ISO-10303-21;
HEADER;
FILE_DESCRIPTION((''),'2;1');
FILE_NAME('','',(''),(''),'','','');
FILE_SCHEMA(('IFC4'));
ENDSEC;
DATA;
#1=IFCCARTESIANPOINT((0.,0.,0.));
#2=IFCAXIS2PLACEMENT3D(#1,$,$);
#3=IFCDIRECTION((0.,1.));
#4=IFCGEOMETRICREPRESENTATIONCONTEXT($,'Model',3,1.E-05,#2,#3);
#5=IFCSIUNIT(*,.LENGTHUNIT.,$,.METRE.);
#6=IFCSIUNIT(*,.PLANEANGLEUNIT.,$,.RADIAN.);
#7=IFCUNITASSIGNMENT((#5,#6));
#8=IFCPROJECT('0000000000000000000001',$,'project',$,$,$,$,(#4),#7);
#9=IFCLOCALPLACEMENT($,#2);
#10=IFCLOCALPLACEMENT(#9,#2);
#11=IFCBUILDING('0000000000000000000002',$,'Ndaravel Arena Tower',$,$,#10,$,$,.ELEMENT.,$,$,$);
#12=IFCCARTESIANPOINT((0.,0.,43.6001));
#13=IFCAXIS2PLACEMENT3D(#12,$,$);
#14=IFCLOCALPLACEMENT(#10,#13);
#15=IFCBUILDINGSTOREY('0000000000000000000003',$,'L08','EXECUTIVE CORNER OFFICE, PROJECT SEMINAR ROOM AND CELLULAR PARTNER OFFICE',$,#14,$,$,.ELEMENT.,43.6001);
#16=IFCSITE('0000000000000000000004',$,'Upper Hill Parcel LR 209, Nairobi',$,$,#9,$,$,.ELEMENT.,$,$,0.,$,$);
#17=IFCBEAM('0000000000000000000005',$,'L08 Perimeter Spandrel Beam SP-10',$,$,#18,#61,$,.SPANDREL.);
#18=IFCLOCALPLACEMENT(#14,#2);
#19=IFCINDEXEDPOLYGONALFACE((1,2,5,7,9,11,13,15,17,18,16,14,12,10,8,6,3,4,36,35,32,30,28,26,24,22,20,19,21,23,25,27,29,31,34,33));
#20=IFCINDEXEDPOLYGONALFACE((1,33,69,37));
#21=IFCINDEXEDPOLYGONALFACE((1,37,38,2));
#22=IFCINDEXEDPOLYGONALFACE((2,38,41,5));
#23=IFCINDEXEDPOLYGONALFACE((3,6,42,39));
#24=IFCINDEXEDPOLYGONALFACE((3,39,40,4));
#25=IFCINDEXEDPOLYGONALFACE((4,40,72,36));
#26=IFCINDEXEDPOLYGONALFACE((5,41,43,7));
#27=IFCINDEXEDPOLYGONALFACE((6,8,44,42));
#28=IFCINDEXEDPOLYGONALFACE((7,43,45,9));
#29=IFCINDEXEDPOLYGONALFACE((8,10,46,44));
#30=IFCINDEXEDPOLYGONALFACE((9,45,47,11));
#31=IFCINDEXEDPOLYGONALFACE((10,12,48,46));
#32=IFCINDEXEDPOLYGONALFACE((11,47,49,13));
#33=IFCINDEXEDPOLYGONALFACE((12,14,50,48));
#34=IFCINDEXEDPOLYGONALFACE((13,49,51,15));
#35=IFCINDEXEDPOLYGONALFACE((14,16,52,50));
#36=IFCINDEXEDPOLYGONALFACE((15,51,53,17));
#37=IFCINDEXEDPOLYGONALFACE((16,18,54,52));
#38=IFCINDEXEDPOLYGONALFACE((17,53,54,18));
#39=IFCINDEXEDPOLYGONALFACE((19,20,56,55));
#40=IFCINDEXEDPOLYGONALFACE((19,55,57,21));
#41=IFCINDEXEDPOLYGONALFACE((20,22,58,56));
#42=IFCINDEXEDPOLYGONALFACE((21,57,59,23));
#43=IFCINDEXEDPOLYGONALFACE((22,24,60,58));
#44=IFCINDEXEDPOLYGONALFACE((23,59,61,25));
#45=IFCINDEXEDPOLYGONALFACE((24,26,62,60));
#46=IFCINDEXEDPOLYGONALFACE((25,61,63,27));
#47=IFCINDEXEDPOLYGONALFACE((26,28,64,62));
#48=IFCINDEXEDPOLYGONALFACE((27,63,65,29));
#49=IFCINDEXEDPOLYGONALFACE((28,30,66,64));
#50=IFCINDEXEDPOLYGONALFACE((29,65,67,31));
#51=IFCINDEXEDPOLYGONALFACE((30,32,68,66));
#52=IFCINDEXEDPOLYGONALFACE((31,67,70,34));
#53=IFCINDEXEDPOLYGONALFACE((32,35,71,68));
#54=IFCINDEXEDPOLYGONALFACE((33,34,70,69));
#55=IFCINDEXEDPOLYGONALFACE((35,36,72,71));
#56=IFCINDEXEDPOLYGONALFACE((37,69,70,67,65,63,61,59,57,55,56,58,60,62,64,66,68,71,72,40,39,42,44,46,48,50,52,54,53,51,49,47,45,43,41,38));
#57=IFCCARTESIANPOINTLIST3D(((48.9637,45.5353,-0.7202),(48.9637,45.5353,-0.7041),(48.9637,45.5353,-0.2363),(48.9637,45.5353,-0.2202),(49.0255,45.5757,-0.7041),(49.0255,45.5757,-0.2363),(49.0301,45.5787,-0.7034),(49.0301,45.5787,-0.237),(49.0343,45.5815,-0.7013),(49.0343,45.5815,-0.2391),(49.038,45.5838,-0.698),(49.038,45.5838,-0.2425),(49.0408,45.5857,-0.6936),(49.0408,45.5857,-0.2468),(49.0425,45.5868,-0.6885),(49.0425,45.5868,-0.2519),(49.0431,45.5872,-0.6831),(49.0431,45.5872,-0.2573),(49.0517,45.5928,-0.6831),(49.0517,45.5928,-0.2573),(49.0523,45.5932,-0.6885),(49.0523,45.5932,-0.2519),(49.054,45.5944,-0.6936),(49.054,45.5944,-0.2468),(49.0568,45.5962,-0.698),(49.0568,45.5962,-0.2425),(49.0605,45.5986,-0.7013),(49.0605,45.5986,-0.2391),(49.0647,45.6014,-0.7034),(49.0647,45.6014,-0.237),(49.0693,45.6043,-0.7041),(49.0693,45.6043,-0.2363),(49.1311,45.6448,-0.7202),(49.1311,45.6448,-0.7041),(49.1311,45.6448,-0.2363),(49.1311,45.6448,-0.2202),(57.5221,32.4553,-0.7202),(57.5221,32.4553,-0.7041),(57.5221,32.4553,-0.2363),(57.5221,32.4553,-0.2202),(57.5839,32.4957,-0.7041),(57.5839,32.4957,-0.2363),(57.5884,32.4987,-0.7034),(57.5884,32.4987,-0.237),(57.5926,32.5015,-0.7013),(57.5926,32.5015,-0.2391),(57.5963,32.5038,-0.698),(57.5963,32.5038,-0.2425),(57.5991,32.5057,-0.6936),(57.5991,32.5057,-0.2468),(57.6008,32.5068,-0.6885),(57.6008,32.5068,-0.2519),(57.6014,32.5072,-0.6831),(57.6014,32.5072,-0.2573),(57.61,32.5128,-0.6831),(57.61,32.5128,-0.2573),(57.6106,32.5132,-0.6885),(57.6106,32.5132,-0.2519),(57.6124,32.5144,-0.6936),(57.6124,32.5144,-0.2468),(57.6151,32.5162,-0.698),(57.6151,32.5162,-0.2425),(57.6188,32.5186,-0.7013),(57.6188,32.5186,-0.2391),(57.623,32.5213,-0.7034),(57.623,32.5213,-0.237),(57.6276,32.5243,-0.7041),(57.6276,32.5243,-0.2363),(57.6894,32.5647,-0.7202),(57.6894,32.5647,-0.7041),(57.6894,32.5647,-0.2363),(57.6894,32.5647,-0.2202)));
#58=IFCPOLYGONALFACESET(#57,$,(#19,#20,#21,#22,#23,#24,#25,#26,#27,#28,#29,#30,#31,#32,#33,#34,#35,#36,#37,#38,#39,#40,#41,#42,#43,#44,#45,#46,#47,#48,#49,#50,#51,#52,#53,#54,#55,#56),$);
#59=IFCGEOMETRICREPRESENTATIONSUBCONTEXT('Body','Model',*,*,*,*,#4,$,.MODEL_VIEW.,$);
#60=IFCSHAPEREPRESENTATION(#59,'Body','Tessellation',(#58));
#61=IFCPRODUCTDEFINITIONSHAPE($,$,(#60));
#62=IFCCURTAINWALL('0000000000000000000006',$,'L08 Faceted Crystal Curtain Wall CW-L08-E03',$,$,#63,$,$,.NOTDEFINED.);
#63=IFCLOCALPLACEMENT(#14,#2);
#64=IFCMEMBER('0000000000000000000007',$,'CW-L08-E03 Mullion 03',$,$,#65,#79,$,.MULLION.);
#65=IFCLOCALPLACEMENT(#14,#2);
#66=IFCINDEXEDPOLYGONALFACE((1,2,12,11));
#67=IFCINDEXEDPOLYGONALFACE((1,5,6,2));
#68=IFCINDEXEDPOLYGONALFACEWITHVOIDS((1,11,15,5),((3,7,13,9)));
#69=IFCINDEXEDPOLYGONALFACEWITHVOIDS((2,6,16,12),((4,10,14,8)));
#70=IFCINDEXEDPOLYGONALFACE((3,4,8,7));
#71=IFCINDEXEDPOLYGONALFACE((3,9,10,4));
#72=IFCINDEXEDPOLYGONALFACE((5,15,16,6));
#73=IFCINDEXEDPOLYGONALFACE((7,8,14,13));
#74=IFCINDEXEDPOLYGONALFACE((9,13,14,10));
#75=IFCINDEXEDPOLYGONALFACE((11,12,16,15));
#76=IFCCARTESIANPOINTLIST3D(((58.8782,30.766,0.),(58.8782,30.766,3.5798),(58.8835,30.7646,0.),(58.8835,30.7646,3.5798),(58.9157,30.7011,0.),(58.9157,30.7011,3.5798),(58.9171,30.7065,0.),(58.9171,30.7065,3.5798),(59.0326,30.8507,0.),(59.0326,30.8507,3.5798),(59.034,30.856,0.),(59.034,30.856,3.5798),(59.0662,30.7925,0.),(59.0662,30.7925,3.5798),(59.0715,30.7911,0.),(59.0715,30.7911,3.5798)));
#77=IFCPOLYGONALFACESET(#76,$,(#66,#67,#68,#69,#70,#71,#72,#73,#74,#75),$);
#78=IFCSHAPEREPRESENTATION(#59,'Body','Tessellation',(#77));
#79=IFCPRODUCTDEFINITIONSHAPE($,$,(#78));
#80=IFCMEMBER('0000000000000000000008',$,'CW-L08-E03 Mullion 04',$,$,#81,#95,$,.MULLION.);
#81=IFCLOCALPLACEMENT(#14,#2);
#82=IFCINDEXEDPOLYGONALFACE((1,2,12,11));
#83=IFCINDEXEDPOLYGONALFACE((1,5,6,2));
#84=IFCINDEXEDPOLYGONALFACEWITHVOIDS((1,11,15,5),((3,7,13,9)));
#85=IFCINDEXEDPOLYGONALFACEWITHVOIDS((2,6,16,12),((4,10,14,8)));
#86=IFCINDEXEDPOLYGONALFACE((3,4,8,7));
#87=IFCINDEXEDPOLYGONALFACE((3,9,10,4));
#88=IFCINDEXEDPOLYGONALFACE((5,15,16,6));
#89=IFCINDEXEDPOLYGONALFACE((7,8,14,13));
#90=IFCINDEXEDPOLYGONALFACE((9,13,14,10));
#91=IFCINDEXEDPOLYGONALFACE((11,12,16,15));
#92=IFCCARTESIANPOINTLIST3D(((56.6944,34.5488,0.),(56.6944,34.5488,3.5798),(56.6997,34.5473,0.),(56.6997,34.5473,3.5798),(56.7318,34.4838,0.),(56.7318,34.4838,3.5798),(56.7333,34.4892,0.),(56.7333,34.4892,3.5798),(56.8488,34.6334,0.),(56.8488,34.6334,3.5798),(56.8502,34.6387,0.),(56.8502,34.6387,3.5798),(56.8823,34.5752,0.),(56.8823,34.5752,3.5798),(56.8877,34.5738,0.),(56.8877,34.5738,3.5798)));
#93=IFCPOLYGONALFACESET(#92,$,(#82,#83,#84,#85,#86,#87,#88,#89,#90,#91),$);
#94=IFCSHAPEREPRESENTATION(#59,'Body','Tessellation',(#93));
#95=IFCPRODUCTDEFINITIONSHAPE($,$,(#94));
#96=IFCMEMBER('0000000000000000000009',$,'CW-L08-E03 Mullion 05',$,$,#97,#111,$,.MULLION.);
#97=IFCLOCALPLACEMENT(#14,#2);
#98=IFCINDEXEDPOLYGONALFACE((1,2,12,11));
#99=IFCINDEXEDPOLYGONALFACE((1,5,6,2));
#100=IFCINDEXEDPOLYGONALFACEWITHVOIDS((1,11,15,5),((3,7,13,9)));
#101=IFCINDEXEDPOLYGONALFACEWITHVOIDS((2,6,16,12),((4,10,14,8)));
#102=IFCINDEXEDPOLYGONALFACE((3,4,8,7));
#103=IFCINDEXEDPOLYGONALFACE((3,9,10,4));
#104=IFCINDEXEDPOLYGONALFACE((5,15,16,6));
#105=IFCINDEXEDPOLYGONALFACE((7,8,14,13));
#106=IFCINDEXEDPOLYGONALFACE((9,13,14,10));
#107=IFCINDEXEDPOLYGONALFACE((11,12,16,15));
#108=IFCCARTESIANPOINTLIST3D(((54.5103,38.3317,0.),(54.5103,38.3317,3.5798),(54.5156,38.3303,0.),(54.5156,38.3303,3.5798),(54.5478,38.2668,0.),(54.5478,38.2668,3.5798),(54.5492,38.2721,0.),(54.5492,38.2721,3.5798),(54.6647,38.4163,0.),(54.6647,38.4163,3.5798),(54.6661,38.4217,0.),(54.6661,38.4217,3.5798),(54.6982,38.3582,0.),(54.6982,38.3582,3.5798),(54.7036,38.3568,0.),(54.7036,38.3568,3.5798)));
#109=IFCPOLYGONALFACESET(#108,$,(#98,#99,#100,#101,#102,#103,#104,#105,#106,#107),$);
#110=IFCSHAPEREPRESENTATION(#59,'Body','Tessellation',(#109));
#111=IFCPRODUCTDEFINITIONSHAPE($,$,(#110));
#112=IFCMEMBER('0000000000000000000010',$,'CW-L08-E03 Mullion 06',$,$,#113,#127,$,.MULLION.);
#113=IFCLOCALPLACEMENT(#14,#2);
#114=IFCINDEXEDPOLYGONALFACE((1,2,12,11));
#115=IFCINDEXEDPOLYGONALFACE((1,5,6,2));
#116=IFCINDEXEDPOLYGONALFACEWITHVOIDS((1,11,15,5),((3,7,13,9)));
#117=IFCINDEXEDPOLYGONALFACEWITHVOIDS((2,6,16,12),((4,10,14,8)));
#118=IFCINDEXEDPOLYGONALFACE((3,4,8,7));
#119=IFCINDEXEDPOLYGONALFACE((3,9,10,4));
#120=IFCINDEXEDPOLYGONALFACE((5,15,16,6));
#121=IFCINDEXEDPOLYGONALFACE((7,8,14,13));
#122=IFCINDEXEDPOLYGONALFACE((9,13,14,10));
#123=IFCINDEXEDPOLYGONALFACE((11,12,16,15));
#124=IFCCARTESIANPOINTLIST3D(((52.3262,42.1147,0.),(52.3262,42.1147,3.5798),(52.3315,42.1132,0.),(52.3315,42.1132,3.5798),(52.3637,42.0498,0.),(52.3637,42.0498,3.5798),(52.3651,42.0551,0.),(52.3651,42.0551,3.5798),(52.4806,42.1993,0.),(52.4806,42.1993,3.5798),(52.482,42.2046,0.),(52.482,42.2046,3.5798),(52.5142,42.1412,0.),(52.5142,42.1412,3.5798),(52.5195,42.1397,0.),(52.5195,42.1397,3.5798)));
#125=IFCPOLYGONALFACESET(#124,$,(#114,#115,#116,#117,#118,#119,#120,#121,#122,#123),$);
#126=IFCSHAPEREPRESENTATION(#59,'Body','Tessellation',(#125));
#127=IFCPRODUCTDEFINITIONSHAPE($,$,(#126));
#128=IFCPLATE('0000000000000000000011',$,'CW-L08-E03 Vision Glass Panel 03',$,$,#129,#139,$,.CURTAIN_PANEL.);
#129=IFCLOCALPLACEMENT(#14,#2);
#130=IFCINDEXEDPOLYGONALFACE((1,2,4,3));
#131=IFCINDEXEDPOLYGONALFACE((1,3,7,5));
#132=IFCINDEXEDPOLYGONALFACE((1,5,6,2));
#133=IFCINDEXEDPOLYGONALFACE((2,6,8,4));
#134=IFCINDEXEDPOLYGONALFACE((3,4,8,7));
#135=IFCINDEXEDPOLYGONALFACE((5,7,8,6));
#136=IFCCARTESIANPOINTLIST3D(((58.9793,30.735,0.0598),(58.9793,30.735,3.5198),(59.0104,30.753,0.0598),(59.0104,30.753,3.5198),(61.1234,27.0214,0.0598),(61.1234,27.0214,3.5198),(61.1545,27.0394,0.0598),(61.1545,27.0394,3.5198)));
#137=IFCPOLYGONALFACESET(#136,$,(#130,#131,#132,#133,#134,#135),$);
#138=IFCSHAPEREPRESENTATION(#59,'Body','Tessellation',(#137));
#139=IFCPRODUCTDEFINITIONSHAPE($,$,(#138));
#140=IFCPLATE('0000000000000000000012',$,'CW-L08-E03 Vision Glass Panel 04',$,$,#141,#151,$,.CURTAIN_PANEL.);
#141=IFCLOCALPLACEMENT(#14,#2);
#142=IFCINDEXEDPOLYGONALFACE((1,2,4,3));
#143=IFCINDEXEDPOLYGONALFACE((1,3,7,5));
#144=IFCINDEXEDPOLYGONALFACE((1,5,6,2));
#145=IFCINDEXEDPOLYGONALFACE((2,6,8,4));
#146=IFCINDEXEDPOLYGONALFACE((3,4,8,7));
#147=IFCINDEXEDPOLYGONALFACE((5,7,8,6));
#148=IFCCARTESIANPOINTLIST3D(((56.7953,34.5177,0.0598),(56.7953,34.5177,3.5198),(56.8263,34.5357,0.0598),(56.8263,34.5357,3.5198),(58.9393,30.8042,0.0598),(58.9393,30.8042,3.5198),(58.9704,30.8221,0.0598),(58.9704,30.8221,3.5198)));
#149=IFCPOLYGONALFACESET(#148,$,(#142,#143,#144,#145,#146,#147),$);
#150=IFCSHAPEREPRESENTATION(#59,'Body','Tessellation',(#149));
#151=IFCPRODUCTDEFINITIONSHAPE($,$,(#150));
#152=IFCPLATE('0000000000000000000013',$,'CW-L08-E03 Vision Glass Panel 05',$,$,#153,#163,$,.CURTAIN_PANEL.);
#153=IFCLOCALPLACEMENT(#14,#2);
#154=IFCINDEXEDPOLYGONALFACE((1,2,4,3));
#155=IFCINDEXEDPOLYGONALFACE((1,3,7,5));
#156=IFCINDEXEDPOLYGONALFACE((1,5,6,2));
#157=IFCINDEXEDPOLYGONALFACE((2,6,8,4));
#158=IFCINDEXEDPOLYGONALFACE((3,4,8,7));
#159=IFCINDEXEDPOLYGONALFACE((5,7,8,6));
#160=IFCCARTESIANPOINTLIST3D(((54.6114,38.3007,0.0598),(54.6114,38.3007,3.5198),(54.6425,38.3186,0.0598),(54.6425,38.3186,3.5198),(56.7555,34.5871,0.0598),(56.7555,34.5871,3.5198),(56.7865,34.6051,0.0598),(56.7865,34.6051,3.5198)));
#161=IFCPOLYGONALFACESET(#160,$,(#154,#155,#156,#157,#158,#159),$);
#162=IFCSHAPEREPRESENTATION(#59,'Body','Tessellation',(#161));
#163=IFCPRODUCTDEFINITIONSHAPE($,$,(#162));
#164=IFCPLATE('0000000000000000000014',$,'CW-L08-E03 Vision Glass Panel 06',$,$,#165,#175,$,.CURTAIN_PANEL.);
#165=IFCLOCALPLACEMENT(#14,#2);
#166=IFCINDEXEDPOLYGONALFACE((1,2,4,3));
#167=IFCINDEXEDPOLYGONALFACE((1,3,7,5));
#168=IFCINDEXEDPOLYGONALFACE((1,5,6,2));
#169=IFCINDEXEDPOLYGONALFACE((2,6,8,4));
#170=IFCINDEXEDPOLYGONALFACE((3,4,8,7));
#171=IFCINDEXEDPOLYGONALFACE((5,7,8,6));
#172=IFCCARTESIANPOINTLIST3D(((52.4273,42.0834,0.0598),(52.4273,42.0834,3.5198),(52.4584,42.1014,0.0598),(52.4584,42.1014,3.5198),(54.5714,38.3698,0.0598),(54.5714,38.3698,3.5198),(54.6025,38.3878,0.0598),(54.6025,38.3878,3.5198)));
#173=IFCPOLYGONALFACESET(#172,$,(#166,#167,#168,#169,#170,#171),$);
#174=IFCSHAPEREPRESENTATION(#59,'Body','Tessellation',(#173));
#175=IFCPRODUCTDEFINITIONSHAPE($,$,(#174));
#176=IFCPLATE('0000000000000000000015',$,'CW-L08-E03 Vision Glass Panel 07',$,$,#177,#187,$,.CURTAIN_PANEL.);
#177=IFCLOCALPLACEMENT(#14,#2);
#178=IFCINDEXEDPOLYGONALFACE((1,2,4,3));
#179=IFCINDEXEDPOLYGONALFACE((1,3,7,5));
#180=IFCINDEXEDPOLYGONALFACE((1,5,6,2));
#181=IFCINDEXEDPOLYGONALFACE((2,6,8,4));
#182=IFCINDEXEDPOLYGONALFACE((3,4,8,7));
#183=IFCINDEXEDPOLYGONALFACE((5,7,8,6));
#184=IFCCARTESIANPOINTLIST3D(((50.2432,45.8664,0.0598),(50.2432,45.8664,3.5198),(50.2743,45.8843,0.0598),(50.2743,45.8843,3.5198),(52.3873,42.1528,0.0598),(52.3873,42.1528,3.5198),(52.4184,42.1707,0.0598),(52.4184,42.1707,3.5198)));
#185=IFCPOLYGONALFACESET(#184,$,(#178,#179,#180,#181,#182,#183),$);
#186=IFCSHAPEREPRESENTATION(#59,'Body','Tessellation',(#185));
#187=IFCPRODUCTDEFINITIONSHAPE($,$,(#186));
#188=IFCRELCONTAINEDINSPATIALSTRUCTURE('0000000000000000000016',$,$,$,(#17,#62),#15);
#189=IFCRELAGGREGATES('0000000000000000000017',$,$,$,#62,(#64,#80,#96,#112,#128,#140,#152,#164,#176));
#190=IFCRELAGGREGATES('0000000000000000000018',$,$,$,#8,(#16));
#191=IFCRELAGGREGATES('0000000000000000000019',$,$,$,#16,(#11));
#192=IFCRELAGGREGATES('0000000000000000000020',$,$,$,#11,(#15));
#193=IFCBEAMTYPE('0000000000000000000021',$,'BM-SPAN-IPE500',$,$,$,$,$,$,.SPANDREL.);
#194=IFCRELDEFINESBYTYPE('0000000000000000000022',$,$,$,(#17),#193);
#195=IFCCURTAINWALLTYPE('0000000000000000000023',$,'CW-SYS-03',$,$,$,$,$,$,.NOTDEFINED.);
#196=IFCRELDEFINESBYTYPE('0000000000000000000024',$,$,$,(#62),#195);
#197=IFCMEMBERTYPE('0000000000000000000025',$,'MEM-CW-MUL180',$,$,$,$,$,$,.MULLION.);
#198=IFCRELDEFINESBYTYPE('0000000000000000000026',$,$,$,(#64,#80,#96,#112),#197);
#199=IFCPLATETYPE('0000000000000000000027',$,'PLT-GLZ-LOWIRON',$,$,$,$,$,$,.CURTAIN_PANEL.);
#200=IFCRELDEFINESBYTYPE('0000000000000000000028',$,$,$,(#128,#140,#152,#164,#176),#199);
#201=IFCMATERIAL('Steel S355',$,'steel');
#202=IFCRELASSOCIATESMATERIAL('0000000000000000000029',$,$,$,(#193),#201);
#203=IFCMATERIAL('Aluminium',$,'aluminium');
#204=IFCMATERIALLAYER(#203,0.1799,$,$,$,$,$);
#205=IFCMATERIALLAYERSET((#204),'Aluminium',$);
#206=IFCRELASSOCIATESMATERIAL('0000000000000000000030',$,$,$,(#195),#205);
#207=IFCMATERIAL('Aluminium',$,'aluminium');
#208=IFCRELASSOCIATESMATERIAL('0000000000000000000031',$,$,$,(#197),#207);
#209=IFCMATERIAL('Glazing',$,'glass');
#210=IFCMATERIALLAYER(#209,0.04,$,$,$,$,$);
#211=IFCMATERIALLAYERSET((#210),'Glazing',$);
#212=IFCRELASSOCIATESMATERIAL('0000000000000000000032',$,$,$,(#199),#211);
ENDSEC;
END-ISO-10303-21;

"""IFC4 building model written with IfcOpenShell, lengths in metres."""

from ifc_helpers import new_model, si_unit, direction, frame, origin, origin_2d, place, context, subcontext, project, spatial, rectangle, hollow_rectangle, i_section, extrude, material, layer, layer_set, material_profile, profile_set, type_object, element, aggregate, save


model = new_model("IFC4")

# Units and contexts
model_context = context("Model", 3, precision=1e-05, world=origin(), true_north=direction((0.0, 1.0)))
body_context = subcontext(model_context, "Body", "Model", "MODEL_VIEW")
ifc_project = project(units=[si_unit("LENGTHUNIT", "METRE"), si_unit("PLANEANGLEUNIT", "RADIAN")], contexts=[model_context])

# Site, building, storey
site_placement = place(None, origin())
site = spatial("IfcSite", under=ifc_project, at=site_placement, Name="Upper Hill Parcel LR 209, Nairobi", CompositionType="ELEMENT", RefElevation=0.0)
building_placement = place(site_placement, origin())
building = spatial("IfcBuilding", under=site, at=building_placement, Name="Ndaravel Arena Tower", CompositionType="ELEMENT")
storey_placement = place(building_placement, frame((0.0, 0.0, 43.6001)))
storey = spatial("IfcBuildingStorey", under=building, at=storey_placement, Name="L08", Description="EXECUTIVE CORNER OFFICE, PROJECT SEMINAR ROOM AND CELLULAR PARTNER OFFICE", CompositionType="ELEMENT", Elevation=43.6001)

# Beam
ifc_material_1 = material(Name="Steel S355", Category="steel")
ifc_material_profile_1 = material_profile(ifc_material_1, i_section(OverallWidth=0.2, OverallDepth=0.5, WebThickness=0.0103, FlangeThickness=0.0161, FilletRadius=0.021, at=origin_2d()), Name="IPE 500")
ifc_profile_set_1 = profile_set([ifc_material_profile_1], Name="Steel S355")
beam_type_1 = type_object("IfcBeamType", Name="BM-SPAN-IPE500", PredefinedType="SPANDREL", material=ifc_profile_set_1)
beam_1_placement = place(storey_placement, frame((57.6057, 32.51, -0.4702), z_axis=(-0.547518, 0.836794, 0.0), x_axis=(-0.836794, -0.547518, 0.0)))
element("IfcBeam", 1, at=beam_1_placement, inside=storey, type_object=beam_type_1, Name="L08 Perimeter Spandrel Beam SP-10", PredefinedType="SPANDREL", context=body_context, shape_type="SweptSolid", body=[
    extrude(i_section(OverallWidth=0.2, OverallDepth=0.5, WebThickness=0.0103, FlangeThickness=0.0161, FilletRadius=0.021, at=origin_2d()), origin(), (0.0, 0.0, 1.0), 15.6311),
])

# Curtain wall, members, plates
ifc_material_2 = material(Name="Aluminium", Category="aluminium")
ifc_layer_1 = layer(ifc_material_2, 0.1799)
ifc_layer_set_1 = layer_set([ifc_layer_1], Name="Aluminium")
curtain_wall_type = type_object("IfcCurtainWallType", Name="CW-SYS-03", PredefinedType="NOTDEFINED", material=ifc_layer_set_1)
curtain_wall_placement = place(storey_placement, origin())
curtain_wall = element("IfcCurtainWall", 2, at=curtain_wall_placement, inside=storey, type_object=curtain_wall_type, Name="L08 Faceted Crystal Curtain Wall CW-L08-E03", PredefinedType="NOTDEFINED")
ifc_material_3 = material(Name="Aluminium", Category="aluminium")
ifc_material_profile_2 = material_profile(ifc_material_3, hollow_rectangle(XDim=0.075, YDim=0.1799, WallThickness=0.0039, at=origin_2d()), Name="CW MULLION 75x180x4")
ifc_profile_set_2 = profile_set([ifc_material_profile_2], Name="Aluminium")
member_type = type_object("IfcMemberType", Name="MEM-CW-MUL180", PredefinedType="MULLION", material=ifc_profile_set_2)
member_1_placement = place(storey_placement, frame((58.9749, 30.7786, 0.0), z_axis=(0.0, 0.0, 1.0), x_axis=(-0.5, 0.866025, 0.0)))
member_1 = element("IfcMember", 3, at=member_1_placement, type_object=member_type, Name="CW-L08-E03 Mullion 03", PredefinedType="MULLION", context=body_context, shape_type="SweptSolid", body=[
    extrude(hollow_rectangle(XDim=0.075, YDim=0.1799, WallThickness=0.0039, at=origin_2d()), origin(), (0.0, 0.0, 1.0), 3.5798),
])
member_2_placement = place(storey_placement, frame((56.791, 34.5613, 0.0), z_axis=(0.0, 0.0, 1.0), x_axis=(-0.5, 0.866025, 0.0)))
member_2 = element("IfcMember", 4, at=member_2_placement, type_object=member_type, Name="CW-L08-E03 Mullion 04", PredefinedType="MULLION", context=body_context, shape_type="SweptSolid", body=[
    extrude(hollow_rectangle(XDim=0.075, YDim=0.1799, WallThickness=0.0039, at=origin_2d()), origin(), (0.0, 0.0, 1.0), 3.5798),
])
member_3_placement = place(storey_placement, frame((54.6069, 38.3442, 0.0), z_axis=(0.0, 0.0, 1.0), x_axis=(-0.5, 0.866025, 0.0)))
member_3 = element("IfcMember", 5, at=member_3_placement, type_object=member_type, Name="CW-L08-E03 Mullion 05", PredefinedType="MULLION", context=body_context, shape_type="SweptSolid", body=[
    extrude(hollow_rectangle(XDim=0.075, YDim=0.1799, WallThickness=0.0039, at=origin_2d()), origin(), (0.0, 0.0, 1.0), 3.5798),
])
member_4_placement = place(storey_placement, frame((52.4229, 42.1272, 0.0), z_axis=(0.0, 0.0, 1.0), x_axis=(-0.5, 0.866025, 0.0)))
member_4 = element("IfcMember", 6, at=member_4_placement, type_object=member_type, Name="CW-L08-E03 Mullion 06", PredefinedType="MULLION", context=body_context, shape_type="SweptSolid", body=[
    extrude(hollow_rectangle(XDim=0.075, YDim=0.1799, WallThickness=0.0039, at=origin_2d()), origin(), (0.0, 0.0, 1.0), 3.5798),
])
ifc_material_4 = material(Name="Glazing", Category="glass")
ifc_layer_2 = layer(ifc_material_4, 0.04)
ifc_layer_set_2 = layer_set([ifc_layer_2], Name="Glazing")
plate_type = type_object("IfcPlateType", Name="PLT-GLZ-LOWIRON", PredefinedType="CURTAIN_PANEL", material=ifc_layer_set_2)
plate_1_placement = place(storey_placement, frame((60.0669, 28.8872, 0.0598), z_axis=(0.0, 0.0, 1.0), x_axis=(-0.5, 0.866025, 0.0)))
plate_1 = element("IfcPlate", 7, at=plate_1_placement, type_object=plate_type, Name="CW-L08-E03 Vision Glass Panel 03", PredefinedType="CURTAIN_PANEL", context=body_context, shape_type="SweptSolid", body=[
    extrude(rectangle(XDim=4.2881, YDim=0.0359, at=origin_2d()), origin(), (0.0, 0.0, 1.0), 3.46),
])
plate_2_placement = place(storey_placement, frame((57.8828, 32.6699, 0.0598), z_axis=(0.0, 0.0, 1.0), x_axis=(-0.5, 0.866025, 0.0)))
plate_2 = element("IfcPlate", 8, at=plate_2_placement, type_object=plate_type, Name="CW-L08-E03 Vision Glass Panel 04", PredefinedType="CURTAIN_PANEL", context=body_context, shape_type="SweptSolid", body=[
    extrude(rectangle(XDim=4.2881, YDim=0.0359, at=origin_2d()), origin(), (0.0, 0.0, 1.0), 3.46),
])
plate_3_placement = place(storey_placement, frame((55.699, 36.4529, 0.0598), z_axis=(0.0, 0.0, 1.0), x_axis=(-0.5, 0.866025, 0.0)))
plate_3 = element("IfcPlate", 9, at=plate_3_placement, type_object=plate_type, Name="CW-L08-E03 Vision Glass Panel 05", PredefinedType="CURTAIN_PANEL", context=body_context, shape_type="SweptSolid", body=[
    extrude(rectangle(XDim=4.2881, YDim=0.0359, at=origin_2d()), origin(), (0.0, 0.0, 1.0), 3.46),
])
plate_4_placement = place(storey_placement, frame((53.5149, 40.2356, 0.0598), z_axis=(0.0, 0.0, 1.0), x_axis=(-0.5, 0.866025, 0.0)))
plate_4 = element("IfcPlate", 10, at=plate_4_placement, type_object=plate_type, Name="CW-L08-E03 Vision Glass Panel 06", PredefinedType="CURTAIN_PANEL", context=body_context, shape_type="SweptSolid", body=[
    extrude(rectangle(XDim=4.2881, YDim=0.0359, at=origin_2d()), origin(), (0.0, 0.0, 1.0), 3.46),
])
plate_5_placement = place(storey_placement, frame((51.3308, 44.0186, 0.0598), z_axis=(0.0, 0.0, 1.0), x_axis=(-0.5, 0.866025, 0.0)))
plate_5 = element("IfcPlate", 11, at=plate_5_placement, type_object=plate_type, Name="CW-L08-E03 Vision Glass Panel 07", PredefinedType="CURTAIN_PANEL", context=body_context, shape_type="SweptSolid", body=[
    extrude(rectangle(XDim=4.2881, YDim=0.0359, at=origin_2d()), origin(), (0.0, 0.0, 1.0), 3.46),
])
aggregate(curtain_wall, [member_1, member_2, member_3, member_4, plate_1, plate_2, plate_3, plate_4, plate_5])

save(model, "model.ifc")
